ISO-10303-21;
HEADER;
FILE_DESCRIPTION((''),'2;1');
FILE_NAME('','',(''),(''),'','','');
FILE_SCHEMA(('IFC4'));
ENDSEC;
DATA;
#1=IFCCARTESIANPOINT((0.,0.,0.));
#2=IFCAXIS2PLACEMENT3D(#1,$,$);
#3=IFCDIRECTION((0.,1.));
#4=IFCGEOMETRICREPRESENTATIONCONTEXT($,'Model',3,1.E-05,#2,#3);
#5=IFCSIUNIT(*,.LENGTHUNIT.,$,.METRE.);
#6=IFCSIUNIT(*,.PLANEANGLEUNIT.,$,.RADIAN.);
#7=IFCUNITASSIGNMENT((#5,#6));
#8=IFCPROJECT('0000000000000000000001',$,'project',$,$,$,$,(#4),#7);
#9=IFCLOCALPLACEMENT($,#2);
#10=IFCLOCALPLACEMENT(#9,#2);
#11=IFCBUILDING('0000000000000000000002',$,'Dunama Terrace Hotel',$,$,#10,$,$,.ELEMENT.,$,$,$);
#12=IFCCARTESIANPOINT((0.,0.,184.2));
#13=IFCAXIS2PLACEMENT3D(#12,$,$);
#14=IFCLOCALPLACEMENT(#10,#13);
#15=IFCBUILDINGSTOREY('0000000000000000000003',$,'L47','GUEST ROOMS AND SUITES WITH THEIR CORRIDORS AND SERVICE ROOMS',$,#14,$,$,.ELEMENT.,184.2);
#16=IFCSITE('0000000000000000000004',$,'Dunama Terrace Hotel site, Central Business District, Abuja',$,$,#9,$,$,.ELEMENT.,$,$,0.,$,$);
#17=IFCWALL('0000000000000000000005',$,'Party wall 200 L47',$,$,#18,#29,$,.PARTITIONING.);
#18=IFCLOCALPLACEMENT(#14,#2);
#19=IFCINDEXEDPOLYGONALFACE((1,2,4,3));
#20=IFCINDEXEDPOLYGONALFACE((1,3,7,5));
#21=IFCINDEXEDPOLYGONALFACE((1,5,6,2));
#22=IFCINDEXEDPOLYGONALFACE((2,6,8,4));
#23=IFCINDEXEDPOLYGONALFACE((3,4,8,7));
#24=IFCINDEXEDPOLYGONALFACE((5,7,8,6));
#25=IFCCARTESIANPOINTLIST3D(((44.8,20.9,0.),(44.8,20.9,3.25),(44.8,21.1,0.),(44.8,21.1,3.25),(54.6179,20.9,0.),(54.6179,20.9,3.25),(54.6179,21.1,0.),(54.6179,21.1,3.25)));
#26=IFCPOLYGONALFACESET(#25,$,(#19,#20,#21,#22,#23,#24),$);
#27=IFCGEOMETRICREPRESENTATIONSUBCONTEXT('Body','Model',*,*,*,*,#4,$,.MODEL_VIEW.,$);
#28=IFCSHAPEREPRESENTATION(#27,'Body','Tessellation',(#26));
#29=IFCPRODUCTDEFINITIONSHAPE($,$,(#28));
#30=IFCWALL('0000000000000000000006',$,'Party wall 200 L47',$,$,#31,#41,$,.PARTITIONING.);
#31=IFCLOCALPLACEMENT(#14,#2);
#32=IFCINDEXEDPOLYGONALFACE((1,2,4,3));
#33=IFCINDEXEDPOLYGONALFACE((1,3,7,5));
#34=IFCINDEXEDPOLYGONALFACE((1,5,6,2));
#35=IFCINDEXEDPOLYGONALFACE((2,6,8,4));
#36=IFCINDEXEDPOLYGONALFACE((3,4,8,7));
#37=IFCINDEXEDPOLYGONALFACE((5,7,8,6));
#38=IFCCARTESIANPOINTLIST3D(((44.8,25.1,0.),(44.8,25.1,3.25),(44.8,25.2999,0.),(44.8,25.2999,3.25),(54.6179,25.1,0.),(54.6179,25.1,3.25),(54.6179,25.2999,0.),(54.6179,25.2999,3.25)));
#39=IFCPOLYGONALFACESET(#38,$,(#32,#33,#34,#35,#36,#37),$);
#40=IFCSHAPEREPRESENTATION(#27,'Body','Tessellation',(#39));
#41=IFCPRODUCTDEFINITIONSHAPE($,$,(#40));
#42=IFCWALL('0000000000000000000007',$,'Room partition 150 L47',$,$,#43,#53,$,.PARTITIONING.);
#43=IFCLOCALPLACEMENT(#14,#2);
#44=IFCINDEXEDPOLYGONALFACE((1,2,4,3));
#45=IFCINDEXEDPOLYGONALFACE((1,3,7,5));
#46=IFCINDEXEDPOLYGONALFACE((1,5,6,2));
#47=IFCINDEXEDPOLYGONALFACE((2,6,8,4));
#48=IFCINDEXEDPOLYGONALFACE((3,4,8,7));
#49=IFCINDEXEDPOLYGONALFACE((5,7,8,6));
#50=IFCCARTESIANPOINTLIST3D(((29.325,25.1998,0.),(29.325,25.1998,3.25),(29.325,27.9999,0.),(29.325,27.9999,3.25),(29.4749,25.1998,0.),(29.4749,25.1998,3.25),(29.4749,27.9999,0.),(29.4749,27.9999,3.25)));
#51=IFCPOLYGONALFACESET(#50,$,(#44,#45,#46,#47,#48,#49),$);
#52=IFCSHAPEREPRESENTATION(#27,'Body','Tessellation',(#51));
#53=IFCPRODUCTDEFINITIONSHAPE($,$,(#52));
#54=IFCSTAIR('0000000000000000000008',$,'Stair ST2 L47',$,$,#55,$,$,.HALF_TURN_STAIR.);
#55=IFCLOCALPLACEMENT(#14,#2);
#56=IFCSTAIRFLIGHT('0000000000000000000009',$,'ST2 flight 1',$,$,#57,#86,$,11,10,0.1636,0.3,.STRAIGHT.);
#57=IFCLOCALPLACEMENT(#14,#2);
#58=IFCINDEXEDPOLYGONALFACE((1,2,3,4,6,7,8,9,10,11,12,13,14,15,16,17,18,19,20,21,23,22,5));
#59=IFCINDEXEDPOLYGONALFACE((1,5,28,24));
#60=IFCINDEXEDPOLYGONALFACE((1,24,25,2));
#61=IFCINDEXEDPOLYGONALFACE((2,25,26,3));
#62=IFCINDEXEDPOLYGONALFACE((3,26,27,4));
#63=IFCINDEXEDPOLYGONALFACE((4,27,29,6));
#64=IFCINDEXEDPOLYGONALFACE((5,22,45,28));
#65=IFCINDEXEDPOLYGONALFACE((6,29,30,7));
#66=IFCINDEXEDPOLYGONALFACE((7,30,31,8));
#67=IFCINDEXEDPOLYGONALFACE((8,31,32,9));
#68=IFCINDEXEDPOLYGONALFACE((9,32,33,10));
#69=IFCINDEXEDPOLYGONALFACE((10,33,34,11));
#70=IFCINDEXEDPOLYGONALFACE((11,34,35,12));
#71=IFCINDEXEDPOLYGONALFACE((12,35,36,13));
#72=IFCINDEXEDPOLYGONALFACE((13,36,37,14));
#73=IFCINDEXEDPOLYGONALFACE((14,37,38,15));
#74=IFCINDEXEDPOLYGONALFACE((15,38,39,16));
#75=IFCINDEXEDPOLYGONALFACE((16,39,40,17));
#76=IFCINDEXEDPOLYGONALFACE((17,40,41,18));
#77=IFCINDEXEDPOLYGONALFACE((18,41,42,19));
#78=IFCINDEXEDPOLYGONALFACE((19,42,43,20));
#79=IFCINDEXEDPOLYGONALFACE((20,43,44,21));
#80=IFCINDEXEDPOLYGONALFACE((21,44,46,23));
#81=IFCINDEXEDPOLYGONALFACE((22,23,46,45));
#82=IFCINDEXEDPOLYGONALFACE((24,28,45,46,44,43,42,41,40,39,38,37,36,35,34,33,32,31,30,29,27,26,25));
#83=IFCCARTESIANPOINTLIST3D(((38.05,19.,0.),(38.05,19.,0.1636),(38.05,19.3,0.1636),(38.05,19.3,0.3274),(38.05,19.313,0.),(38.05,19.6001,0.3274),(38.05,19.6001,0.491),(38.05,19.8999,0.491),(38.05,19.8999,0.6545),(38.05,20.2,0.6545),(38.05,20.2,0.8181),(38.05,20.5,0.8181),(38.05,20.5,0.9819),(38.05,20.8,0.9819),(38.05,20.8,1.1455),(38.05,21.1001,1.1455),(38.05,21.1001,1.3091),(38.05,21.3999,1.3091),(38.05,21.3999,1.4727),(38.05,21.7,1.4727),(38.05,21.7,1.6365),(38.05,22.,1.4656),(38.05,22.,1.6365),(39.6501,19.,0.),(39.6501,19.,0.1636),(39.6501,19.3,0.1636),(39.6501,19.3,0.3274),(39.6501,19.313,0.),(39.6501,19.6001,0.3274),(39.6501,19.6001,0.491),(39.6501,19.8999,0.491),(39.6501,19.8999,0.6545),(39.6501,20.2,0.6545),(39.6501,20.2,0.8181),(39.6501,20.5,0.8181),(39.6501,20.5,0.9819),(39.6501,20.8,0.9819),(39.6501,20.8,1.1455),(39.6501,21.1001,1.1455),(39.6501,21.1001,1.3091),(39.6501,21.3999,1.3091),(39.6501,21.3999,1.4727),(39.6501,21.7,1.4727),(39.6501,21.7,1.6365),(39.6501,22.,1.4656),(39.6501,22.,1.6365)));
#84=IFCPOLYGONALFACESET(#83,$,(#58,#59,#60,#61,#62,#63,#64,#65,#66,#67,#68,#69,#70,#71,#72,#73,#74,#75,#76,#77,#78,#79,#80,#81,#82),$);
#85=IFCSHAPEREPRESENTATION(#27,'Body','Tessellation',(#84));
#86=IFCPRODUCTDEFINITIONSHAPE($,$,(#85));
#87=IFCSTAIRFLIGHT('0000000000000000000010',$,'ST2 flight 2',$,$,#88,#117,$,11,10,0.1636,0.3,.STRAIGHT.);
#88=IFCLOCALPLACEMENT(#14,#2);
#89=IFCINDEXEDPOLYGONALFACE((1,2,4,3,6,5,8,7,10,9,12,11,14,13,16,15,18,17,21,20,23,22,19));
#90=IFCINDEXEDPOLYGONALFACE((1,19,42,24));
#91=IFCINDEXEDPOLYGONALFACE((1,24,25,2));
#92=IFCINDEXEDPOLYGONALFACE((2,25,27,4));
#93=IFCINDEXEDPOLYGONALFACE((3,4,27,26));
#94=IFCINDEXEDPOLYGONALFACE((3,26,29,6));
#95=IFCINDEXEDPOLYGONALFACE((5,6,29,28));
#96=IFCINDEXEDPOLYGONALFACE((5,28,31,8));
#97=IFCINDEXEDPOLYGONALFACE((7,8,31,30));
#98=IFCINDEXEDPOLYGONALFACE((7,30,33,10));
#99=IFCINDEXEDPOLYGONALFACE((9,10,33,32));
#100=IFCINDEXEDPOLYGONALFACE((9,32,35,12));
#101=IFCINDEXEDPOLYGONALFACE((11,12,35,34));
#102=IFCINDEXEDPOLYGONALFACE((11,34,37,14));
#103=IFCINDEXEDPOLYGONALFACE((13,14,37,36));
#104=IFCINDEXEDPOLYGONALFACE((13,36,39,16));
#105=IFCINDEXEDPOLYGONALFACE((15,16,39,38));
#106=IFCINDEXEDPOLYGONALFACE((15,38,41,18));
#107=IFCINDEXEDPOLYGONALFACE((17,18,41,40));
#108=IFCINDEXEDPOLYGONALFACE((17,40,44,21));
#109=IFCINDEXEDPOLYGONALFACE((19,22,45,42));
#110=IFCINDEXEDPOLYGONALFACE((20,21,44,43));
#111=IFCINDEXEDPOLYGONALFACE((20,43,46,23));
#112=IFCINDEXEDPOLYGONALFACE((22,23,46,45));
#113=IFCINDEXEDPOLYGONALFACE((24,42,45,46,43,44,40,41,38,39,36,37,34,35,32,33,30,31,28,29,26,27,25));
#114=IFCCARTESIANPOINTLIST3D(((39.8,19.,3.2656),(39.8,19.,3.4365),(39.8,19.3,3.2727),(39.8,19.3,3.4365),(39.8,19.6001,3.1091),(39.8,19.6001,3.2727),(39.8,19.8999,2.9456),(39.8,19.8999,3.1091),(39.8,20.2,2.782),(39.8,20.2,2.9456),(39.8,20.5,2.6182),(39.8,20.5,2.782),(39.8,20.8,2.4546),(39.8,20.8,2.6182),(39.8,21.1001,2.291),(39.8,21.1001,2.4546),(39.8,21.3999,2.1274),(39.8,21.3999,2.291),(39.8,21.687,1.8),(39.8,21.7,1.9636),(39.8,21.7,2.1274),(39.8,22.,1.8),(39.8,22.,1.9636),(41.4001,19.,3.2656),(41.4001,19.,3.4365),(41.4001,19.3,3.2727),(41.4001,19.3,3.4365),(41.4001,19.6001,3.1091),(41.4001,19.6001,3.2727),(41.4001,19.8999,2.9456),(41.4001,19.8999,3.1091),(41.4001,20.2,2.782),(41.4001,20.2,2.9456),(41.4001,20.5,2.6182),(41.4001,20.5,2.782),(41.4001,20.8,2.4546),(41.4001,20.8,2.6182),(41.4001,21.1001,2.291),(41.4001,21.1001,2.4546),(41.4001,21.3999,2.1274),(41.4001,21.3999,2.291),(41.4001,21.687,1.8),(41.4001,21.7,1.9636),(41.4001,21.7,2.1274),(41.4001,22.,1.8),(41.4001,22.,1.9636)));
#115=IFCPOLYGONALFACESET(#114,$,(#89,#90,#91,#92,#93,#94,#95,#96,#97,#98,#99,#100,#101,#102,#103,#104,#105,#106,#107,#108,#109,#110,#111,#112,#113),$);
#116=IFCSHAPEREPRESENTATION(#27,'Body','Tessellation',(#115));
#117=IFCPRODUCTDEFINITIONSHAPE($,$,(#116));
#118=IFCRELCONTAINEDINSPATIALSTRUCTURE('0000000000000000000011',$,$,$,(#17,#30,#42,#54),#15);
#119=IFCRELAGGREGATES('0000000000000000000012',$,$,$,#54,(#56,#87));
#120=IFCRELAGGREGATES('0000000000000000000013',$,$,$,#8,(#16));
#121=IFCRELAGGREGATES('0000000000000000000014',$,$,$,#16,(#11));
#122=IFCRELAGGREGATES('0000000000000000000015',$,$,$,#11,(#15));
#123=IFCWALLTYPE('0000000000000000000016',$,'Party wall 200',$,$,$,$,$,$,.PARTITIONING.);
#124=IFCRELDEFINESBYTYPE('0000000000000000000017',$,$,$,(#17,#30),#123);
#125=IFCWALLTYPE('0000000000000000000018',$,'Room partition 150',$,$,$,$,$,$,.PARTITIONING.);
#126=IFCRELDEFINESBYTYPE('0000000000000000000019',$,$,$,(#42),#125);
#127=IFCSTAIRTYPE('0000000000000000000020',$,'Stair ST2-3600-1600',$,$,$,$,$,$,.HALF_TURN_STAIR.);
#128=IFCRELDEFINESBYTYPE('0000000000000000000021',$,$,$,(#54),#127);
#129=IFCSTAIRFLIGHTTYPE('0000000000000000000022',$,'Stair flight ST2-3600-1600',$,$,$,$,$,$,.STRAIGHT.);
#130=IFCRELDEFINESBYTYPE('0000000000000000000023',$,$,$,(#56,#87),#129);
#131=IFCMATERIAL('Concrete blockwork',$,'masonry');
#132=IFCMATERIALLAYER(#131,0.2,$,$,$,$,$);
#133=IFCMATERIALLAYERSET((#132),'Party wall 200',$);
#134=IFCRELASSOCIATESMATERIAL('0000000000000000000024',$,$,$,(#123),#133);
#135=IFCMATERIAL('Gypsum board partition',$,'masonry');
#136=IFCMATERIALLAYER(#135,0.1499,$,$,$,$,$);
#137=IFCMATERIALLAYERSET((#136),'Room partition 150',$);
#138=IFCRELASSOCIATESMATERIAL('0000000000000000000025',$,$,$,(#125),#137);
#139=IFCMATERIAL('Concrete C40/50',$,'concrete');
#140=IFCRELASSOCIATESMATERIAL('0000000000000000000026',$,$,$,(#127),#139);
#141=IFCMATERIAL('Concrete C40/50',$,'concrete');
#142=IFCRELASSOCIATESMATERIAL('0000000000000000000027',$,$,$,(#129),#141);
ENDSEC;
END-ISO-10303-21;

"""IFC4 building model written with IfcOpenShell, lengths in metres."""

from ifc_helpers import new_model, si_unit, direction, frame, frame_2d, origin, place, context, subcontext, project, spatial, polyline, rectangle, outline, extrude, material, layer, layer_set, type_object, element, aggregate, save


model = new_model("IFC4")

# Units and contexts
model_context = context("Model", 3, precision=1e-05, world=origin(), true_north=direction((0.0, 1.0)))
body_context = subcontext(model_context, "Body", "Model", "MODEL_VIEW")
ifc_project = project(units=[si_unit("LENGTHUNIT", "METRE"), si_unit("PLANEANGLEUNIT", "RADIAN")], contexts=[model_context])

# Site, building, storey
site_placement = place(None, origin())
site = spatial("IfcSite", under=ifc_project, at=site_placement, Name="Dunama Terrace Hotel site, Central Business District, Abuja", CompositionType="ELEMENT", RefElevation=0.0)
building_placement = place(site_placement, origin())
building = spatial("IfcBuilding", under=site, at=building_placement, Name="Dunama Terrace Hotel", CompositionType="ELEMENT")
storey_placement = place(building_placement, frame((0.0, 0.0, 184.2)))
storey = spatial("IfcBuildingStorey", under=building, at=storey_placement, Name="L47", Description="GUEST ROOMS AND SUITES WITH THEIR CORRIDORS AND SERVICE ROOMS", CompositionType="ELEMENT", Elevation=184.2)

# Walls
ifc_material_1 = material(Name="Concrete blockwork", Category="masonry")
ifc_layer_1 = layer(ifc_material_1, 0.2)
ifc_layer_set_1 = layer_set([ifc_layer_1], Name="Party wall 200")
wall_type_1 = type_object("IfcWallType", Name="Party wall 200", PredefinedType="PARTITIONING", material=ifc_layer_set_1)
for number, where, z_axis, x_axis, name in (
    (1, (44.8, 21.0, 0.0), (0.0, 0.0, 1.0), (1.0, 0.0, 0.0), "Party wall 200 L47"),
    (2, (44.8, 25.2, 0.0), (0.0, 0.0, 1.0), (1.0, 0.0, 0.0), "Party wall 200 L47"),
):
    element("IfcWall", number, at=place(storey_placement, frame(where, z_axis=z_axis, x_axis=x_axis)), inside=storey, type_object=wall_type_1, Name=name, PredefinedType="PARTITIONING", context=body_context, shape_type="SweptSolid", body=[
        extrude(rectangle(XDim=9.8179, YDim=0.2, at=frame_2d((4.9089, 0.0))), origin(), (0.0, 0.0, 1.0), 3.25),
    ])
ifc_material_2 = material(Name="Gypsum board partition", Category="masonry")
ifc_layer_2 = layer(ifc_material_2, 0.1499)
ifc_layer_set_2 = layer_set([ifc_layer_2], Name="Room partition 150")
wall_type_2 = type_object("IfcWallType", Name="Room partition 150", PredefinedType="PARTITIONING", material=ifc_layer_set_2)
wall_1_placement = place(storey_placement, frame((29.3999, 25.2, 0.0), z_axis=(0.0, 0.0, 1.0), x_axis=(0.0, 1.0, 0.0)))
element("IfcWall", 3, at=wall_1_placement, inside=storey, type_object=wall_type_2, Name="Room partition 150 L47", PredefinedType="PARTITIONING", context=body_context, shape_type="SweptSolid", body=[
    extrude(rectangle(XDim=2.8, YDim=0.1499, at=frame_2d((1.3999, 0.0))), origin(), (0.0, 0.0, 1.0), 3.25),
])

# Stair, stair flights
ifc_material_3 = material(Name="Concrete C40/50", Category="concrete")
stair_type = type_object("IfcStairType", Name="Stair ST2-3600-1600", PredefinedType="HALF_TURN_STAIR", material=ifc_material_3)
stair_placement = place(storey_placement, origin())
stair = element("IfcStair", 4, at=stair_placement, inside=storey, type_object=stair_type, Name="Stair ST2 L47", PredefinedType="HALF_TURN_STAIR")
ifc_material_4 = material(Name="Concrete C40/50", Category="concrete")
stair_flight_type = type_object("IfcStairFlightType", Name="Stair flight ST2-3600-1600", PredefinedType="STRAIGHT", material=ifc_material_4)
stair_flight_1_placement = place(storey_placement, frame((38.8501, 19.0, 0.0), z_axis=(0.0, 0.0, 1.0), x_axis=(0.0, 1.0, 0.0)))
stair_flight_1 = element("IfcStairFlight", 5, at=stair_flight_1_placement, type_object=stair_flight_type, Name="ST2 flight 1", NumberOfRisers=11, NumberOfTreads=10, PredefinedType="STRAIGHT", RiserHeight=0.1636, TreadLength=0.3, context=body_context, shape_type="SweptSolid", body=[
    extrude(outline(polyline([(0.0, 0.0), (0.0, 0.1636), (0.3, 0.1636), (0.3, 0.3274), (0.6001, 0.3274), (0.6001, 0.491), (0.8999, 0.491), (0.8999, 0.6545), (1.2, 0.6545), (1.2, 0.8181), (1.5, 0.8181), (1.5, 0.9819), (1.8, 0.9819), (1.8, 1.1455), (2.1001, 1.1455), (2.1001, 1.3091), (2.3999, 1.3091), (2.3999, 1.4727), (2.7, 1.4727), (2.7, 1.6365), (3.0, 1.6365), (3.0, 1.8), (3.0, 1.4656), (0.313, 0.0), (0.0, 0.0)])), frame((0.0, 0.8, 0.0), z_axis=(0.0, -1.0, 0.0), x_axis=(1.0, 0.0, 0.0)), (0.0, 0.0, 1.0), 1.6001),
])
stair_flight_2_placement = place(storey_placement, frame((40.6001, 22.0, 1.8), z_axis=(0.0, 0.0, 1.0), x_axis=(0.0, -1.0, 0.0)))
stair_flight_2 = element("IfcStairFlight", 6, at=stair_flight_2_placement, type_object=stair_flight_type, Name="ST2 flight 2", NumberOfRisers=11, NumberOfTreads=10, PredefinedType="STRAIGHT", RiserHeight=0.1636, TreadLength=0.3, context=body_context, shape_type="SweptSolid", body=[
    extrude(outline(polyline([(0.0, 0.0), (0.0, 0.1636), (0.3, 0.1636), (0.3, 0.3274), (0.6001, 0.3274), (0.6001, 0.491), (0.8999, 0.491), (0.8999, 0.6545), (1.2, 0.6545), (1.2, 0.8181), (1.5, 0.8181), (1.5, 0.9819), (1.8, 0.9819), (1.8, 1.1455), (2.1001, 1.1455), (2.1001, 1.3091), (2.3999, 1.3091), (2.3999, 1.4727), (2.7, 1.4727), (2.7, 1.6365), (3.0, 1.6365), (3.0, 1.8), (3.0, 1.4656), (0.313, 0.0), (0.0, 0.0)])), frame((0.0, 0.8, 0.0), z_axis=(0.0, -1.0, 0.0), x_axis=(1.0, 0.0, 0.0)), (0.0, 0.0, 1.0), 1.6001),
])
aggregate(stair, [stair_flight_1, stair_flight_2])

save(model, "model.ifc")
